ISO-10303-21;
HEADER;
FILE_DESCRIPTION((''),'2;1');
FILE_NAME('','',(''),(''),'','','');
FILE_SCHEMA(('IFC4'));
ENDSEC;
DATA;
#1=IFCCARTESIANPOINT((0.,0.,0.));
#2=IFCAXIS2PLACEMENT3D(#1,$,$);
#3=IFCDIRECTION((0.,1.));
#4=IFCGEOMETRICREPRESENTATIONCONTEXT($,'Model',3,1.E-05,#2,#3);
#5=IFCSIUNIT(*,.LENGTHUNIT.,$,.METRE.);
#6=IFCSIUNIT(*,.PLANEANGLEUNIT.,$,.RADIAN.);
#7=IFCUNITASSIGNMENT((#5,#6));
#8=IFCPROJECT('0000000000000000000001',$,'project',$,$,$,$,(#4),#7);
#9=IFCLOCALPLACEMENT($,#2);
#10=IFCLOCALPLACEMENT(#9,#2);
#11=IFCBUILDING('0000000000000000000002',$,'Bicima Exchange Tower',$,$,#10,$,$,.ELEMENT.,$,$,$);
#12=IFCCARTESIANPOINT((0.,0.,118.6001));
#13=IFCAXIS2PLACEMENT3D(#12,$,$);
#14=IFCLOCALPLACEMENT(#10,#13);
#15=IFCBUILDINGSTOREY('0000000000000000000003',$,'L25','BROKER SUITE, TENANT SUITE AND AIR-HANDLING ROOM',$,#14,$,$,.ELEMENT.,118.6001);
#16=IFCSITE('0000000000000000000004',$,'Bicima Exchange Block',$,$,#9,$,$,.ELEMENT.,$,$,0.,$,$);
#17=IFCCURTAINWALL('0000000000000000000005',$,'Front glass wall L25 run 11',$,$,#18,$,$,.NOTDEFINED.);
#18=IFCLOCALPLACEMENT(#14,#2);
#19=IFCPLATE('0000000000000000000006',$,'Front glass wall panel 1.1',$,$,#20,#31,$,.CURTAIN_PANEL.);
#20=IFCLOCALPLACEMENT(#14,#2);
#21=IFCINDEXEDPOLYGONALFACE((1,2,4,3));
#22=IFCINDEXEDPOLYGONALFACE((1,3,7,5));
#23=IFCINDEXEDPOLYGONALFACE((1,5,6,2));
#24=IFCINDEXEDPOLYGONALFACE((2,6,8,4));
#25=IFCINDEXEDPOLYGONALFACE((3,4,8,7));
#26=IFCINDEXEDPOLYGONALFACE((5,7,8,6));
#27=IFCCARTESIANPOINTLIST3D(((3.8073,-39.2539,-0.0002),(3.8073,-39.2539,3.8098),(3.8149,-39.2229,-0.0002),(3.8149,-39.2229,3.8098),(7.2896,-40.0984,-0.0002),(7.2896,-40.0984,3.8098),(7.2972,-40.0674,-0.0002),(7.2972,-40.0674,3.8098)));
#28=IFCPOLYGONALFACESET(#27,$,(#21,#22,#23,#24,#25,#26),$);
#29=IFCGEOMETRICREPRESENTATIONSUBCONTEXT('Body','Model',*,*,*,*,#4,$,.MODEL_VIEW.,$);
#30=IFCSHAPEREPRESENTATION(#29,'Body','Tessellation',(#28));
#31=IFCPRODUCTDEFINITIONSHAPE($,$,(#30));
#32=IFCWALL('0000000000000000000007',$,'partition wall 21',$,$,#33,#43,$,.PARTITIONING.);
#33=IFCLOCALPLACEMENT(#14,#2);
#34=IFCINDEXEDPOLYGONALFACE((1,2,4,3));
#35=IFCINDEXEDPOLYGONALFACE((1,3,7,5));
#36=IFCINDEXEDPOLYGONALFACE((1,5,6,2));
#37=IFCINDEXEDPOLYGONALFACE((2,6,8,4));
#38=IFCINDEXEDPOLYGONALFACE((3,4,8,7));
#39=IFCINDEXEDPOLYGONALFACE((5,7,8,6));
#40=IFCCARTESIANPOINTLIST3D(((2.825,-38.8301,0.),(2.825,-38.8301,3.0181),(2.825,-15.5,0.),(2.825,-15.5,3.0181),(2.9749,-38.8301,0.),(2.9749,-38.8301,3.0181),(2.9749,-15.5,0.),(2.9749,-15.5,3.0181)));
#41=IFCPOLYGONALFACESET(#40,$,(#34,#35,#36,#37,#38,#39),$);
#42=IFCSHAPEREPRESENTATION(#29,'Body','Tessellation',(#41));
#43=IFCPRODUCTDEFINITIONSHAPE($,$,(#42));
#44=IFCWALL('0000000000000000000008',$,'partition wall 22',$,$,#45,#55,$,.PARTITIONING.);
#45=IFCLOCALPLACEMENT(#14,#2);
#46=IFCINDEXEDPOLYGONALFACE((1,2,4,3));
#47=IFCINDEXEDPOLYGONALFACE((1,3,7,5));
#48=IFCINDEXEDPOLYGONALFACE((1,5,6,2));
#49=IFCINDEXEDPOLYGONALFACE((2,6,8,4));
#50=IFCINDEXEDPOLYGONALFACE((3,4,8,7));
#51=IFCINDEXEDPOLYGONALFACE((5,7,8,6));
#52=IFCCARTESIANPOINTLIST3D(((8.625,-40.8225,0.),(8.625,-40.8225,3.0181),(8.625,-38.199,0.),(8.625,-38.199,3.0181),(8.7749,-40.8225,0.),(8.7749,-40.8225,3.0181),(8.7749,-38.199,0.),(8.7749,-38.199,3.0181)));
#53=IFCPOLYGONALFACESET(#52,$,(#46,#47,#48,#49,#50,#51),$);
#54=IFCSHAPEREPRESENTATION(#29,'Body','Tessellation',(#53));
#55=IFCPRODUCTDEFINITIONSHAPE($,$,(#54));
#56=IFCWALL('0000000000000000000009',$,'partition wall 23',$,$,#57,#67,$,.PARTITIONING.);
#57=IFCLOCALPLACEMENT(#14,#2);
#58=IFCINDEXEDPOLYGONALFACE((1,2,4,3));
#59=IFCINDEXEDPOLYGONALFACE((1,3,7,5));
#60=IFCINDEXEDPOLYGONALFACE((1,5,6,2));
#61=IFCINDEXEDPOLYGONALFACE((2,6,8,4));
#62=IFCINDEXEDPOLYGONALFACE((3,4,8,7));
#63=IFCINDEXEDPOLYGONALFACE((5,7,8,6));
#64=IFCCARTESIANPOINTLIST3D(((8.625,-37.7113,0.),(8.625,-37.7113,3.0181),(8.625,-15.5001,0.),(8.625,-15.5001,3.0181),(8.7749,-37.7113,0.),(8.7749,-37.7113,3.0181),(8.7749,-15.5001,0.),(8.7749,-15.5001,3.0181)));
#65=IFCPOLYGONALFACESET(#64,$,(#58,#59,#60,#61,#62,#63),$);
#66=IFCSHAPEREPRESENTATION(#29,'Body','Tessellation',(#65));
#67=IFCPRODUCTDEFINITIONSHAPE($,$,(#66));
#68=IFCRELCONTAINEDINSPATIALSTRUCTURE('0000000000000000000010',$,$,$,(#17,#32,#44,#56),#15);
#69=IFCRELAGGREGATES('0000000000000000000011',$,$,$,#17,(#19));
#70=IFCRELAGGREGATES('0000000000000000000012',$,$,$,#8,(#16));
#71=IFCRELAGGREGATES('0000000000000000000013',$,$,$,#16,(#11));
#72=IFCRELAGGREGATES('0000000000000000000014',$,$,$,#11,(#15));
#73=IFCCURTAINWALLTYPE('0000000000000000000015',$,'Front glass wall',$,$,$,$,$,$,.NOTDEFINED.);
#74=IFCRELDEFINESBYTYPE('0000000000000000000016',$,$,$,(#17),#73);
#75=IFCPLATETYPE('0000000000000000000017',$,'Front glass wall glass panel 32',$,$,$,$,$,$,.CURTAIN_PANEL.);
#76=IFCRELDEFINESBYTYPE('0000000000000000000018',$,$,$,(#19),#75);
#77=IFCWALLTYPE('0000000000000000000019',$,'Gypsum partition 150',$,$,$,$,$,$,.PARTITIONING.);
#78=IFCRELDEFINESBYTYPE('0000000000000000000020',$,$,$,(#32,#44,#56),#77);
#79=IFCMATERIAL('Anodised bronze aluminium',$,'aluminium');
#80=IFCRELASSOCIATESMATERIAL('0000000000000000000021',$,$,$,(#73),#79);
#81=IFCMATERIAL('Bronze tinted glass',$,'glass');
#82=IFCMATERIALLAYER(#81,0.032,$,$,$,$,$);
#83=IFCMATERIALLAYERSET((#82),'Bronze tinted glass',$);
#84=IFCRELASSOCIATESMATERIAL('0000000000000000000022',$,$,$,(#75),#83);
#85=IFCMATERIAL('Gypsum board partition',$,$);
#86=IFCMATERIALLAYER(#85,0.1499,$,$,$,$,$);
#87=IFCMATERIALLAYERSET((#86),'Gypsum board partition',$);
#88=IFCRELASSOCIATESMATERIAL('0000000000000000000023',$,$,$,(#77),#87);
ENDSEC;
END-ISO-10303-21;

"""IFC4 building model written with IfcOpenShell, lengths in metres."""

from ifc_helpers import new_model, si_unit, direction, frame, frame_2d, origin, origin_2d, place, context, subcontext, project, spatial, rectangle, extrude, material, layer, layer_set, type_object, element, aggregate, save


model = new_model("IFC4")

# Units and contexts
model_context = context("Model", 3, precision=1e-05, world=origin(), true_north=direction((0.0, 1.0)))
body_context = subcontext(model_context, "Body", "Model", "MODEL_VIEW")
ifc_project = project(units=[si_unit("LENGTHUNIT", "METRE"), si_unit("PLANEANGLEUNIT", "RADIAN")], contexts=[model_context])

# Site, building, storey
site_placement = place(None, origin())
site = spatial("IfcSite", under=ifc_project, at=site_placement, Name="Bicima Exchange Block", CompositionType="ELEMENT", RefElevation=0.0)
building_placement = place(site_placement, origin())
building = spatial("IfcBuilding", under=site, at=building_placement, Name="Bicima Exchange Tower", CompositionType="ELEMENT")
storey_placement = place(building_placement, frame((0.0, 0.0, 118.6001)))
storey = spatial("IfcBuildingStorey", under=building, at=storey_placement, Name="L25", Description="BROKER SUITE, TENANT SUITE AND AIR-HANDLING ROOM", CompositionType="ELEMENT", Elevation=118.6001)

# Curtain wall
ifc_material_1 = material(Name="Anodised bronze aluminium", Category="aluminium")
curtain_wall_type = type_object("IfcCurtainWallType", Name="Front glass wall", PredefinedType="NOTDEFINED", material=ifc_material_1)
curtain_wall_placement = place(storey_placement, origin())
curtain_wall = element("IfcCurtainWall", 1, at=curtain_wall_placement, inside=storey, type_object=curtain_wall_type, Name="Front glass wall L25 run 11", PredefinedType="NOTDEFINED")

# Plate
ifc_material_2 = material(Name="Bronze tinted glass", Category="glass")
ifc_layer_1 = layer(ifc_material_2, 0.032)
ifc_layer_set_1 = layer_set([ifc_layer_1], Name="Bronze tinted glass")
plate_type = type_object("IfcPlateType", Name="Front glass wall glass panel 32", PredefinedType="CURTAIN_PANEL", material=ifc_layer_set_1)
plate_1_placement = place(storey_placement, frame((5.5522, -39.6606, -0.0002), z_axis=(0.0, 0.0, 1.0), x_axis=(0.97183, -0.235682, 0.0)))
plate_1 = element("IfcPlate", 2, at=plate_1_placement, type_object=plate_type, Name="Front glass wall panel 1.1", PredefinedType="CURTAIN_PANEL", context=body_context, shape_type="SweptSolid", body=[
    extrude(rectangle(XDim=3.5833, YDim=0.032, at=origin_2d()), origin(), (0.0, 0.0, 1.0), 3.8101),
])
aggregate(curtain_wall, [plate_1])

# Walls
ifc_material_3 = material(Name="Gypsum board partition")
ifc_layer_2 = layer(ifc_material_3, 0.1499)
ifc_layer_set_2 = layer_set([ifc_layer_2], Name="Gypsum board partition")
wall_type = type_object("IfcWallType", Name="Gypsum partition 150", PredefinedType="PARTITIONING", material=ifc_layer_set_2)
wall_1_placement = place(storey_placement, frame((2.8999, -38.8301, 0.0), z_axis=(0.0, 0.0, 1.0), x_axis=(0.0, 1.0, 0.0)))
element("IfcWall", 3, at=wall_1_placement, inside=storey, type_object=wall_type, Name="partition wall 21", PredefinedType="PARTITIONING", context=body_context, shape_type="SweptSolid", body=[
    extrude(rectangle(XDim=23.3301, YDim=0.1499, at=frame_2d((11.665, 0.0))), origin(), (0.0, 0.0, 1.0), 3.0181),
])
wall_2_placement = place(storey_placement, frame((8.7, -40.8225, 0.0), z_axis=(0.0, 0.0, 1.0), x_axis=(0.0, 1.0, 0.0)))
element("IfcWall", 4, at=wall_2_placement, inside=storey, type_object=wall_type, Name="partition wall 22", PredefinedType="PARTITIONING", context=body_context, shape_type="SweptSolid", body=[
    extrude(rectangle(XDim=2.6235, YDim=0.1499, at=frame_2d((1.3118, 0.0))), origin(), (0.0, 0.0, 1.0), 3.0181),
])
wall_3_placement = place(storey_placement, frame((8.7, -37.7112, 0.0), z_axis=(0.0, 0.0, 1.0), x_axis=(0.0, 1.0, 0.0)))
element("IfcWall", 5, at=wall_3_placement, inside=storey, type_object=wall_type, Name="partition wall 23", PredefinedType="PARTITIONING", context=body_context, shape_type="SweptSolid", body=[
    extrude(rectangle(XDim=22.2112, YDim=0.1499, at=frame_2d((11.1055, 0.0))), origin(), (0.0, 0.0, 1.0), 3.0181),
])

save(model, "model.ifc")
